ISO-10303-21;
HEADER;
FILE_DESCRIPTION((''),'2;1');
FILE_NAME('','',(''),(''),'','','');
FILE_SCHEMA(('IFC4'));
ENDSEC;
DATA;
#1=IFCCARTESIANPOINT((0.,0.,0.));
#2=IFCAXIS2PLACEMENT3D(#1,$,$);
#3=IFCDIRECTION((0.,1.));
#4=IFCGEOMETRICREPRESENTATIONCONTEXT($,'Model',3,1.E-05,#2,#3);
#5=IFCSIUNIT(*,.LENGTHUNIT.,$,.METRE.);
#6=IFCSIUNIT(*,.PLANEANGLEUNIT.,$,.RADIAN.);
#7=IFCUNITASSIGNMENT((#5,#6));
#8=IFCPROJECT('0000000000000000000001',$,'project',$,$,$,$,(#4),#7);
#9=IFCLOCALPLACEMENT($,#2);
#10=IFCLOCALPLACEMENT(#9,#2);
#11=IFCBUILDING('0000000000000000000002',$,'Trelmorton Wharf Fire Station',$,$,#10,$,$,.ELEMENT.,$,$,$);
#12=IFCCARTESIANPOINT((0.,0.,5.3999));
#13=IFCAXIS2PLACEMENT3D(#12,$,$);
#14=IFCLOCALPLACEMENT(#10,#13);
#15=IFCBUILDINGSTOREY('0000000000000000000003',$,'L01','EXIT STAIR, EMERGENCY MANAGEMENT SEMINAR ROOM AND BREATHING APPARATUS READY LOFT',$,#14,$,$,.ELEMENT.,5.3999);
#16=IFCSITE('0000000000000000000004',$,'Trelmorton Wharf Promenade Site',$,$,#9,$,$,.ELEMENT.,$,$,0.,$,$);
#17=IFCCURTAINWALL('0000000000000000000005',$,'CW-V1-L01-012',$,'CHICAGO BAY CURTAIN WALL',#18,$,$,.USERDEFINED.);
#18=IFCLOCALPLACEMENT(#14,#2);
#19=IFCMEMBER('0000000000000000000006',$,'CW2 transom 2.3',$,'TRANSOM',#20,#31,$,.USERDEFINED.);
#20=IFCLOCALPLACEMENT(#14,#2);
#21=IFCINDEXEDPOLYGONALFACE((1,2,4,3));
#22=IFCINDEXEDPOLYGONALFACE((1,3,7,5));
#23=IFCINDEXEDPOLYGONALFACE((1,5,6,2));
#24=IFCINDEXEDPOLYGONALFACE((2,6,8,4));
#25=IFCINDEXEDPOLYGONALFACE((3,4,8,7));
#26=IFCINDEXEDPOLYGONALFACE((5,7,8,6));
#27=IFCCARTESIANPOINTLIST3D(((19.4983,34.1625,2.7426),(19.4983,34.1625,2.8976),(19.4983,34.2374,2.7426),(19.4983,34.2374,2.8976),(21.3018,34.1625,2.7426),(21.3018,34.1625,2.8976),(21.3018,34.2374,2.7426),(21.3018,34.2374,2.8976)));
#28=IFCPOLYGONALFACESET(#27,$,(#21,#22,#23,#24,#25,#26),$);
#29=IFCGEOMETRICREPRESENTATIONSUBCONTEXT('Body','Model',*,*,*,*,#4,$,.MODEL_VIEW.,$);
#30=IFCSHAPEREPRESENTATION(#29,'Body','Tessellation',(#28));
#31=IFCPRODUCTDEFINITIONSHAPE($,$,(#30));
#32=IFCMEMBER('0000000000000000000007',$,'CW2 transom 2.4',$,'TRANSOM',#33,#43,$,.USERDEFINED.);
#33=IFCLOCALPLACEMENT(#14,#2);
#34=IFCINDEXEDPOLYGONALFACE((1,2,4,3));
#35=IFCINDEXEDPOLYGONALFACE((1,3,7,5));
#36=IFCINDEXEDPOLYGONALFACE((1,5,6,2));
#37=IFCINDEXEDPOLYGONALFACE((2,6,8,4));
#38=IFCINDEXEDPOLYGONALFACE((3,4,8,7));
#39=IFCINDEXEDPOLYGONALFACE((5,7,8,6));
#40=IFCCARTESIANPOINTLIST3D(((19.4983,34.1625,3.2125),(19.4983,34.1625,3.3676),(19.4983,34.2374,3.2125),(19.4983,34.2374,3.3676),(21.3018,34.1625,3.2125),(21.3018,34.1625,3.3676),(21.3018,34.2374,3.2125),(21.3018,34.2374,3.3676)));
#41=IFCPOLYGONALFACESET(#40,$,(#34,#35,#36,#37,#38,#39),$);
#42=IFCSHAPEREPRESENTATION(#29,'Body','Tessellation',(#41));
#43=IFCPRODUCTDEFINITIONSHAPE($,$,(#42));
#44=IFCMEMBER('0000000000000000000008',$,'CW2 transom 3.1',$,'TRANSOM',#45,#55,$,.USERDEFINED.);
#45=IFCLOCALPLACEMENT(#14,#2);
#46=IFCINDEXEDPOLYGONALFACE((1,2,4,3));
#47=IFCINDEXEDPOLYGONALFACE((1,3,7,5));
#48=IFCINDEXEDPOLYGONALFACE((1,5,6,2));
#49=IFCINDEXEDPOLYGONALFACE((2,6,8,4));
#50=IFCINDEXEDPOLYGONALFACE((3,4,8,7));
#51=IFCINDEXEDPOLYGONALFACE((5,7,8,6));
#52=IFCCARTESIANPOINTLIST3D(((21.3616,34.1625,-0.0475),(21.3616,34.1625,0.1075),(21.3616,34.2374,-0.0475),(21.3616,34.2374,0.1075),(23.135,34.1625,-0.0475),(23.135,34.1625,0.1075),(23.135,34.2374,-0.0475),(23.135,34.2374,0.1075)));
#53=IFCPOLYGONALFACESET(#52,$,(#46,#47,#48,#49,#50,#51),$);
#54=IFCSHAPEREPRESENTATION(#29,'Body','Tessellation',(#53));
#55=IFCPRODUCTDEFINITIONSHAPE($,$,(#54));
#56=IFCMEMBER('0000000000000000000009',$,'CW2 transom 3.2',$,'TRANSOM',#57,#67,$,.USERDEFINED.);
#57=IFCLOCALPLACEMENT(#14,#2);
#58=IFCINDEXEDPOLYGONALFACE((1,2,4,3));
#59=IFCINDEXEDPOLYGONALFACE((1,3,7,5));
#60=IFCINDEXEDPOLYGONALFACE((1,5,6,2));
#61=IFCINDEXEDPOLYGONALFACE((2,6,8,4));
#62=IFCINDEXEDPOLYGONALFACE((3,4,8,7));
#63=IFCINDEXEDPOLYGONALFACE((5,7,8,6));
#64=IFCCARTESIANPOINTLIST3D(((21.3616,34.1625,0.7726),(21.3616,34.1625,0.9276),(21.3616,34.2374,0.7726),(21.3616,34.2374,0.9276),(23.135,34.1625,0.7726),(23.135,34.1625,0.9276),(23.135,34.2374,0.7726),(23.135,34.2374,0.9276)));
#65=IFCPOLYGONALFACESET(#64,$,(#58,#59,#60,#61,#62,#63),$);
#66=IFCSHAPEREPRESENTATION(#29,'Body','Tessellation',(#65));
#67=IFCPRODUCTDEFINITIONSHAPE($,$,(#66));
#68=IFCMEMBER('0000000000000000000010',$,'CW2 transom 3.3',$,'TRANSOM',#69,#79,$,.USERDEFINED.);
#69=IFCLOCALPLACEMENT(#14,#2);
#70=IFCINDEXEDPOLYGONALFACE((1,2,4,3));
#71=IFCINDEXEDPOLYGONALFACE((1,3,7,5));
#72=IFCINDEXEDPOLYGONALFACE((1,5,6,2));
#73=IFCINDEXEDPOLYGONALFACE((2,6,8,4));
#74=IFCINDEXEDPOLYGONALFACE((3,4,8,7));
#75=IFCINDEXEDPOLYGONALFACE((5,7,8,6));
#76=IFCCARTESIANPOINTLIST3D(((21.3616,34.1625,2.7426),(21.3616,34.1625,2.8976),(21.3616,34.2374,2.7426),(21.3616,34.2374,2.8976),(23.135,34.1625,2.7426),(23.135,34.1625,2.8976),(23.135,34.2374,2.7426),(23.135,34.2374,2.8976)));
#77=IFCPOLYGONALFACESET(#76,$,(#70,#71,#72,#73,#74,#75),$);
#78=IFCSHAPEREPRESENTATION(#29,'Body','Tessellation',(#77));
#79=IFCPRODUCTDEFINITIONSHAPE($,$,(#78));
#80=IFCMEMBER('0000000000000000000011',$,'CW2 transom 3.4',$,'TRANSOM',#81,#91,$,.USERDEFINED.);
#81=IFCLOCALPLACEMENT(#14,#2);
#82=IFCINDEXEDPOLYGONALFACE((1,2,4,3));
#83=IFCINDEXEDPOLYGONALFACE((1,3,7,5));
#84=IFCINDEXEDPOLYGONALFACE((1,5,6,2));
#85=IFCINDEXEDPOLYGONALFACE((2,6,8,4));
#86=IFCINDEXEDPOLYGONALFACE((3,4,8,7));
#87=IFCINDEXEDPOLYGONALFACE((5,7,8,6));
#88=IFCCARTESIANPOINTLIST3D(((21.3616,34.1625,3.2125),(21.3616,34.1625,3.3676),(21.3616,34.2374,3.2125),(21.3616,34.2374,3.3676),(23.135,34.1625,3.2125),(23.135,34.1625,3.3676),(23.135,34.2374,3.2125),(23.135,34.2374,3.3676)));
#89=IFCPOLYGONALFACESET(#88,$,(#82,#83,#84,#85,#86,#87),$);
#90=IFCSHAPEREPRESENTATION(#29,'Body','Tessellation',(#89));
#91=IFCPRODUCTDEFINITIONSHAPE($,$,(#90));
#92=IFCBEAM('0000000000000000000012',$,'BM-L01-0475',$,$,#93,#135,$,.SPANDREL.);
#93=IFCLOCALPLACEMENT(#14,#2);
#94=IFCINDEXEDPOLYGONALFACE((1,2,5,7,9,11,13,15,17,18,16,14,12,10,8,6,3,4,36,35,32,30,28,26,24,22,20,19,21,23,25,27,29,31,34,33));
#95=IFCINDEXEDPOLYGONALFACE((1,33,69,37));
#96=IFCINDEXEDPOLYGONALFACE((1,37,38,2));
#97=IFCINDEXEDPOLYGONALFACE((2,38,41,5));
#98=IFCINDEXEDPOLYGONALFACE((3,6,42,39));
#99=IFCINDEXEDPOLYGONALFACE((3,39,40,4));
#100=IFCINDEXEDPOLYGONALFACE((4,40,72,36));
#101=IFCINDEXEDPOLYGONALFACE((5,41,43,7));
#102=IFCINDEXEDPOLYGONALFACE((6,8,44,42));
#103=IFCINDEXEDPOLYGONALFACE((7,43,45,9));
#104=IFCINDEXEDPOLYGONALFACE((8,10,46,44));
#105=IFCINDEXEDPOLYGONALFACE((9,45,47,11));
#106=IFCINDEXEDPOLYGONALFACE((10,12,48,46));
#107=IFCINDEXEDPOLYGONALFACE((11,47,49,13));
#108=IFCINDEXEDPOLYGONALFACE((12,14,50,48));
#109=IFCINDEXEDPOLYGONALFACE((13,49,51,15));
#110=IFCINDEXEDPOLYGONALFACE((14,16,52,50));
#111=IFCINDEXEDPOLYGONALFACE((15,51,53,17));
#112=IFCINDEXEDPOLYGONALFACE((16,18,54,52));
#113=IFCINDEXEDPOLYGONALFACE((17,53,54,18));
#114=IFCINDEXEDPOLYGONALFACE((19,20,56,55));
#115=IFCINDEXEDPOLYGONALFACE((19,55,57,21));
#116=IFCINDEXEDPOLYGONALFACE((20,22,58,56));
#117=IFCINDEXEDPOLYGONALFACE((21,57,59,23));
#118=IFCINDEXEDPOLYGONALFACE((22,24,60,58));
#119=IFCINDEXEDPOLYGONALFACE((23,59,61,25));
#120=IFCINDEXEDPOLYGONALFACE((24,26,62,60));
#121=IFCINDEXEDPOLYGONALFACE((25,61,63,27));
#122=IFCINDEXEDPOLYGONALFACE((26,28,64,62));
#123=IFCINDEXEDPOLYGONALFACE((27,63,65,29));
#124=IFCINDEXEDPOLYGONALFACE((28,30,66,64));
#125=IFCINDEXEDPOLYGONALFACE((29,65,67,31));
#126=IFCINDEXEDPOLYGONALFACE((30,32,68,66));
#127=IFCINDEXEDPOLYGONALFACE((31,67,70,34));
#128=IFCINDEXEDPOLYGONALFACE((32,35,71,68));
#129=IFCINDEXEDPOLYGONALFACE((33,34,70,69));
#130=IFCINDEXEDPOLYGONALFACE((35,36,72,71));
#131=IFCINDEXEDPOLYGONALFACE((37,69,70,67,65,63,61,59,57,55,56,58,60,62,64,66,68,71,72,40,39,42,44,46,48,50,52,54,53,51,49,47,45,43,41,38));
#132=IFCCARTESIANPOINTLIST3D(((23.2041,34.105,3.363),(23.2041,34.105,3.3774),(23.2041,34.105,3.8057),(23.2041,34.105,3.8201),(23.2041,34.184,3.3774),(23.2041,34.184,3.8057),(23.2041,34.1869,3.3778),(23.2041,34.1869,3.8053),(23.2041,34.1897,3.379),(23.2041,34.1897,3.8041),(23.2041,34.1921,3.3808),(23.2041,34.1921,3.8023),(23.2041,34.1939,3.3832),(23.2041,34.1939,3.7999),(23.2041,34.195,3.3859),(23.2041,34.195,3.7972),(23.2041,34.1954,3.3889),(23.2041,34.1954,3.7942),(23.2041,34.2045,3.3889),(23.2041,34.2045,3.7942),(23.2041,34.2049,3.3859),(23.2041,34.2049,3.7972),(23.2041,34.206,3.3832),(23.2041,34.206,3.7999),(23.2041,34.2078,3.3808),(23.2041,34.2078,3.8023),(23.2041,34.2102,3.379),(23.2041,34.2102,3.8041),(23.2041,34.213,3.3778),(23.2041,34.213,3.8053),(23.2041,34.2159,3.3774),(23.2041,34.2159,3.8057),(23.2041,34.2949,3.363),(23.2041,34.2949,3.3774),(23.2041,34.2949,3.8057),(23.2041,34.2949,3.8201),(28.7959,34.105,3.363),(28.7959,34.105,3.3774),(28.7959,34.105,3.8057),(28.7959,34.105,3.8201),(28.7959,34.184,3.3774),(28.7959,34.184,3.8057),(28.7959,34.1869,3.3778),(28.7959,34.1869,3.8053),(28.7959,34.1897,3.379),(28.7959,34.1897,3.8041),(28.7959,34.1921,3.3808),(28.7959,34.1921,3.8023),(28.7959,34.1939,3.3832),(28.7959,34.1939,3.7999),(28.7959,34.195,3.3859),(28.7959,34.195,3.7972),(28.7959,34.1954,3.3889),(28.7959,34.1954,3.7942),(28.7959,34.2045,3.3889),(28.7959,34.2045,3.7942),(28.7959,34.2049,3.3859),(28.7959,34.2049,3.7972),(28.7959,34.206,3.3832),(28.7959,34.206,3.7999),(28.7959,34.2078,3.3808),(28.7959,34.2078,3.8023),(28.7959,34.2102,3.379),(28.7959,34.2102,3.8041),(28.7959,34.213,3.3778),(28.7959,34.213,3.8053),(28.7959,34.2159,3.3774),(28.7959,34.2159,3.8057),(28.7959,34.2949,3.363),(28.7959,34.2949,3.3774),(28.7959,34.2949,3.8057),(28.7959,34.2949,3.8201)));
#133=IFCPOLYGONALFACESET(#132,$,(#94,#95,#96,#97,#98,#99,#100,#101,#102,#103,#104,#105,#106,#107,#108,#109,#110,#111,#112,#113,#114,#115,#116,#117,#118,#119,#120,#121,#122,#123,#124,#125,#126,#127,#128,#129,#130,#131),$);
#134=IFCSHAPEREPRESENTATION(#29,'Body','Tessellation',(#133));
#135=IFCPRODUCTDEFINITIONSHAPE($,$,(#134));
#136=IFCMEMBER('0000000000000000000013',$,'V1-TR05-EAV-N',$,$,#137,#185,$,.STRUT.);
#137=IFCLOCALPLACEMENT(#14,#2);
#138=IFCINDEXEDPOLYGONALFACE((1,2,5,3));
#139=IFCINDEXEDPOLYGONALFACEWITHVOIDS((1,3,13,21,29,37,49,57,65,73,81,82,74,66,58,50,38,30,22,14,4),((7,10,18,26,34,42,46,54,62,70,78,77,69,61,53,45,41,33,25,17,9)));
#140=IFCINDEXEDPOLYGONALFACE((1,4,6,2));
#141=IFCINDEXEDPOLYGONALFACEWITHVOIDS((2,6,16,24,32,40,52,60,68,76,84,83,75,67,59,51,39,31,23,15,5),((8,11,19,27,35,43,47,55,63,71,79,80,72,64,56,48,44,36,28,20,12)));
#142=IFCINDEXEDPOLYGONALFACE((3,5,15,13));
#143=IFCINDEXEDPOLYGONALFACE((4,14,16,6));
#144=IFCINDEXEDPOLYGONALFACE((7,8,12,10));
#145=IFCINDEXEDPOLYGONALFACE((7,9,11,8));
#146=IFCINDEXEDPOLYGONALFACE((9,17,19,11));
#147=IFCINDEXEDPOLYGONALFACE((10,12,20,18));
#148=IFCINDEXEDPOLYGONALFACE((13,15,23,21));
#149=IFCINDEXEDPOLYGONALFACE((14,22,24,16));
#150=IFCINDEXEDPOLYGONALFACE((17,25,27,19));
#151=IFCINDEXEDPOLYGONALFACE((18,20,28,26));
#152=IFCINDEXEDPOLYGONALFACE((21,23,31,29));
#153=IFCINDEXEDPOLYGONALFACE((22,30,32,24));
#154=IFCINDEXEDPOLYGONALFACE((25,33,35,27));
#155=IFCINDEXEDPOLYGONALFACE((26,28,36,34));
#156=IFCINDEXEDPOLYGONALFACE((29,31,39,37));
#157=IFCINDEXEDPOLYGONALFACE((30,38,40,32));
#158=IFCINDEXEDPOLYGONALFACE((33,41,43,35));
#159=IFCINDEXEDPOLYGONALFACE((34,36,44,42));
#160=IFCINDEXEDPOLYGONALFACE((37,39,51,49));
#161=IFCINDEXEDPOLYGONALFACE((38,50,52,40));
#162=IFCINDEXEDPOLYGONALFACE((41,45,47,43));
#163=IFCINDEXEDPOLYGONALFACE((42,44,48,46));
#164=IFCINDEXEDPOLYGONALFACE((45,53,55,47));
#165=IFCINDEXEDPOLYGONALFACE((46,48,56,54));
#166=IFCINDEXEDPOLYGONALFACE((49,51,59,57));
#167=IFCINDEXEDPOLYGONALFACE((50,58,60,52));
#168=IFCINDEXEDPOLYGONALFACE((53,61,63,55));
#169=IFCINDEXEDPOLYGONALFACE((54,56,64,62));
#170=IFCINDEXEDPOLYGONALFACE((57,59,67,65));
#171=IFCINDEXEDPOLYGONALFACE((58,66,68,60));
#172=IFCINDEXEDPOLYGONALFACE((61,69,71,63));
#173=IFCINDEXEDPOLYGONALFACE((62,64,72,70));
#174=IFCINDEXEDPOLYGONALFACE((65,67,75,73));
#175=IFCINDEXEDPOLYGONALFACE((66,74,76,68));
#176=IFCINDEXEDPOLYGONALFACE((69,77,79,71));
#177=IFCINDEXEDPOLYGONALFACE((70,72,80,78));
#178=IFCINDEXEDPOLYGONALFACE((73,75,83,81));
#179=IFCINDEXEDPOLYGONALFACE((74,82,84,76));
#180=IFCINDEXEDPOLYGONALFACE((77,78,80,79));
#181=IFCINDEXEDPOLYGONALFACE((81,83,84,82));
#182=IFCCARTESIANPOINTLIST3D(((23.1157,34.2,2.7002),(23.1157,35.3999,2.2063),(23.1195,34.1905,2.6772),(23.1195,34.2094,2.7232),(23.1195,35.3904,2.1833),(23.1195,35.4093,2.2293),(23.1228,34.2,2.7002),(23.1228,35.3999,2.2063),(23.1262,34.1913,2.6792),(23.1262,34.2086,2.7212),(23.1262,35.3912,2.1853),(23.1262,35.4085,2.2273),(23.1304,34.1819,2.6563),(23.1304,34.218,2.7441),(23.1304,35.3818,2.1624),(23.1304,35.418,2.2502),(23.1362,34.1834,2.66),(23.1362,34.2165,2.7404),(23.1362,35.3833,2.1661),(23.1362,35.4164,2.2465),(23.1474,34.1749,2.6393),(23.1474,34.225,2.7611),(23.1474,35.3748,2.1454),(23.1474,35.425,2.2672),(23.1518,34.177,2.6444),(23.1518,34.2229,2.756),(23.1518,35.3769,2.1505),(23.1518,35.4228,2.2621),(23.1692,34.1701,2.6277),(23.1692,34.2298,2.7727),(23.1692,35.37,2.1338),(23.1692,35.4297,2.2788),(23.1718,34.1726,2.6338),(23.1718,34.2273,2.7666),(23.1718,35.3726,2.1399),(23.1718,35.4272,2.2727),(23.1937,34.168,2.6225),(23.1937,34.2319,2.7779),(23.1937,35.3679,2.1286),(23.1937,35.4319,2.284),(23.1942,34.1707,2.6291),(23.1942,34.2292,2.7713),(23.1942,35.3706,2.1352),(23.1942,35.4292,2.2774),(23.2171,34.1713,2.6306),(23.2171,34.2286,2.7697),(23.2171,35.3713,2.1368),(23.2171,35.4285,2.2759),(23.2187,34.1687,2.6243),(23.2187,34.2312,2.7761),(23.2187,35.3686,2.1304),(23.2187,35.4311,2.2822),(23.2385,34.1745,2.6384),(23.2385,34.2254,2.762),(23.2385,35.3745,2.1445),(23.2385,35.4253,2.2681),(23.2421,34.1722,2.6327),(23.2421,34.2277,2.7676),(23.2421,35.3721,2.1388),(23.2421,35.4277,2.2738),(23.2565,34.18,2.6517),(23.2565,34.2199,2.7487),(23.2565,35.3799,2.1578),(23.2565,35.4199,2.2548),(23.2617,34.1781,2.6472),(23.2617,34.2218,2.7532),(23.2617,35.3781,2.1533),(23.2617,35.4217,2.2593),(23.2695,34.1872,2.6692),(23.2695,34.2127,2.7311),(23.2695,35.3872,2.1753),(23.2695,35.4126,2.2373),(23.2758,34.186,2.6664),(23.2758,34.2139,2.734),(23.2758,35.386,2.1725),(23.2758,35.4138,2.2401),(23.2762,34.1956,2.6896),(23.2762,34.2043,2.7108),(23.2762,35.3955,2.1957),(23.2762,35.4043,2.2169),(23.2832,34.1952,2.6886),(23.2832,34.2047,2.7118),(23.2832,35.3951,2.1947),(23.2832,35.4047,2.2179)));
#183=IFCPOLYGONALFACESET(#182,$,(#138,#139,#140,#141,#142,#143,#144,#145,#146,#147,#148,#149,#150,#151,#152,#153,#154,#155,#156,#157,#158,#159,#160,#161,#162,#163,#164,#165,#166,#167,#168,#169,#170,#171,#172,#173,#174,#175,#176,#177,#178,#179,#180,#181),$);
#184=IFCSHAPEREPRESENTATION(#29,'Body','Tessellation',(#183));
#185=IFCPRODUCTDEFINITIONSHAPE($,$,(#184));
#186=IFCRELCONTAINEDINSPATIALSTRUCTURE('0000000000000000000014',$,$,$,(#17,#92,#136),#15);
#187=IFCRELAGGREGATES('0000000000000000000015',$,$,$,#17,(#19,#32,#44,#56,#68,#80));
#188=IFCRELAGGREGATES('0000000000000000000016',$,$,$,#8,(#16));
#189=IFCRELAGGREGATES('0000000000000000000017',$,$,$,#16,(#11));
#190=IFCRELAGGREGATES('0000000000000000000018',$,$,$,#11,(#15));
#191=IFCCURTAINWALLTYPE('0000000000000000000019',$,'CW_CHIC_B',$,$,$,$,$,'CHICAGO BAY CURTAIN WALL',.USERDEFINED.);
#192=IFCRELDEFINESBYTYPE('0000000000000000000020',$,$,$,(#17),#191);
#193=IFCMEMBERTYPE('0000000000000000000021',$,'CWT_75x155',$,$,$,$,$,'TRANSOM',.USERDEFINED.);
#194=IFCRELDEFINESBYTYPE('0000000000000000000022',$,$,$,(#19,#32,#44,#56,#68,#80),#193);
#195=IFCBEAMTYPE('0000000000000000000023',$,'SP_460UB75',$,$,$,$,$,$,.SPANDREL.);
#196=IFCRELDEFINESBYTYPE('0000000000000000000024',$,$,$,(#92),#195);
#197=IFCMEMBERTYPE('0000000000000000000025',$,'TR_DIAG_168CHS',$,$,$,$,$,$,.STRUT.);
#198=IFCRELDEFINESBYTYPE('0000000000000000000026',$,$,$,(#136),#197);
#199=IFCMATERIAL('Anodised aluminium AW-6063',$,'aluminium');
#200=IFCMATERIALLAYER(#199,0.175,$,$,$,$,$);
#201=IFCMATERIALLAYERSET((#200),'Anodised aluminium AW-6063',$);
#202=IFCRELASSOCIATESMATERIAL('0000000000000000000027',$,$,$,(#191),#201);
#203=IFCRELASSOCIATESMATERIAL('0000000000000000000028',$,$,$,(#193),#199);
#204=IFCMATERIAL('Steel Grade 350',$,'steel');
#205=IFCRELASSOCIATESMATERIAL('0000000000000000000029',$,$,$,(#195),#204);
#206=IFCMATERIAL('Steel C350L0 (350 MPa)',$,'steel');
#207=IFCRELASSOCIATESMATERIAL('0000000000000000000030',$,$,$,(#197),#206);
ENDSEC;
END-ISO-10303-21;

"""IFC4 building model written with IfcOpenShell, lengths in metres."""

from ifc_helpers import new_model, si_unit, direction, frame, origin, origin_2d, place, context, subcontext, project, spatial, rectangle, hollow_circle, i_section, extrude, material, layer, layer_set, material_profile, profile_set, type_object, element, aggregate, save


model = new_model("IFC4")

# Units and contexts
model_context = context("Model", 3, precision=1e-05, world=origin(), true_north=direction((0.0, 1.0)))
body_context = subcontext(model_context, "Body", "Model", "MODEL_VIEW")
ifc_project = project(units=[si_unit("LENGTHUNIT", "METRE"), si_unit("PLANEANGLEUNIT", "RADIAN")], contexts=[model_context])

# Site, building, storey
site_placement = place(None, origin())
site = spatial("IfcSite", under=ifc_project, at=site_placement, Name="Trelmorton Wharf Promenade Site", CompositionType="ELEMENT", RefElevation=0.0)
building_placement = place(site_placement, origin())
building = spatial("IfcBuilding", under=site, at=building_placement, Name="Trelmorton Wharf Fire Station", CompositionType="ELEMENT")
storey_placement = place(building_placement, frame((0.0, 0.0, 5.3999)))
storey = spatial("IfcBuildingStorey", under=building, at=storey_placement, Name="L01", Description="EXIT STAIR, EMERGENCY MANAGEMENT SEMINAR ROOM AND BREATHING APPARATUS READY LOFT", CompositionType="ELEMENT", Elevation=5.3999)

# Shared definitions
ifc_material_1 = material(Name="Steel Grade 350", Category="steel")

# Shared definitions
ifc_material_2 = material(Name="Anodised aluminium AW-6063", Category="aluminium")
ifc_layer_1 = layer(ifc_material_2, 0.175)
ifc_layer_set_1 = layer_set([ifc_layer_1], Name="Anodised aluminium AW-6063")
curtain_wall_type = type_object("IfcCurtainWallType", Name="CW_CHIC_B", ElementType="CHICAGO BAY CURTAIN WALL", PredefinedType="USERDEFINED", material=ifc_layer_set_1)

# Curtain wall
curtain_wall_1_placement = place(storey_placement, origin())
curtain_wall_1 = element("IfcCurtainWall", 1, at=curtain_wall_1_placement, inside=storey, type_object=curtain_wall_type, Name="CW-V1-L01-012", ObjectType="CHICAGO BAY CURTAIN WALL", PredefinedType="USERDEFINED")

# Members
ifc_material_profile_1 = material_profile(ifc_material_2, rectangle(XDim=0.075, YDim=0.155, at=origin_2d()), Name="ALU-75x155")
ifc_profile_set_1 = profile_set([ifc_material_profile_1], Name="Anodised aluminium AW-6063")
member_type_1 = type_object("IfcMemberType", Name="CWT_75x155", ElementType="TRANSOM", PredefinedType="USERDEFINED", material=ifc_profile_set_1)
member_1_placement = place(storey_placement, frame((19.4983, 34.2, 2.8201), z_axis=(1.0, 0.0, 0.0), x_axis=(0.0, 1.0, 0.0)))
member_1 = element("IfcMember", 2, at=member_1_placement, type_object=member_type_1, Name="CW2 transom 2.3", ObjectType="TRANSOM", PredefinedType="USERDEFINED", context=body_context, shape_type="SweptSolid", body=[
    extrude(rectangle(XDim=0.075, YDim=0.155, at=origin_2d()), origin(), (0.0, 0.0, 1.0), 1.8035),
])
member_2_placement = place(storey_placement, frame((19.4983, 34.2, 3.29), z_axis=(1.0, 0.0, 0.0), x_axis=(0.0, 1.0, 0.0)))
member_2 = element("IfcMember", 3, at=member_2_placement, type_object=member_type_1, Name="CW2 transom 2.4", ObjectType="TRANSOM", PredefinedType="USERDEFINED", context=body_context, shape_type="SweptSolid", body=[
    extrude(rectangle(XDim=0.075, YDim=0.155, at=origin_2d()), origin(), (0.0, 0.0, 1.0), 1.8035),
])
member_3_placement = place(storey_placement, frame((21.3616, 34.2, 0.03), z_axis=(1.0, 0.0, 0.0), x_axis=(0.0, 1.0, 0.0)))
member_3 = element("IfcMember", 4, at=member_3_placement, type_object=member_type_1, Name="CW2 transom 3.1", ObjectType="TRANSOM", PredefinedType="USERDEFINED", context=body_context, shape_type="SweptSolid", body=[
    extrude(rectangle(XDim=0.075, YDim=0.155, at=origin_2d()), origin(), (0.0, 0.0, 1.0), 1.7734),
])
member_4_placement = place(storey_placement, frame((21.3616, 34.2, 0.8501), z_axis=(1.0, 0.0, 0.0), x_axis=(0.0, 1.0, 0.0)))
member_4 = element("IfcMember", 5, at=member_4_placement, type_object=member_type_1, Name="CW2 transom 3.2", ObjectType="TRANSOM", PredefinedType="USERDEFINED", context=body_context, shape_type="SweptSolid", body=[
    extrude(rectangle(XDim=0.075, YDim=0.155, at=origin_2d()), origin(), (0.0, 0.0, 1.0), 1.7734),
])
member_5_placement = place(storey_placement, frame((21.3616, 34.2, 2.8201), z_axis=(1.0, 0.0, 0.0), x_axis=(0.0, 1.0, 0.0)))
member_5 = element("IfcMember", 6, at=member_5_placement, type_object=member_type_1, Name="CW2 transom 3.3", ObjectType="TRANSOM", PredefinedType="USERDEFINED", context=body_context, shape_type="SweptSolid", body=[
    extrude(rectangle(XDim=0.075, YDim=0.155, at=origin_2d()), origin(), (0.0, 0.0, 1.0), 1.7734),
])
member_6_placement = place(storey_placement, frame((21.3616, 34.2, 3.29), z_axis=(1.0, 0.0, 0.0), x_axis=(0.0, 1.0, 0.0)))
member_6 = element("IfcMember", 7, at=member_6_placement, type_object=member_type_1, Name="CW2 transom 3.4", ObjectType="TRANSOM", PredefinedType="USERDEFINED", context=body_context, shape_type="SweptSolid", body=[
    extrude(rectangle(XDim=0.075, YDim=0.155, at=origin_2d()), origin(), (0.0, 0.0, 1.0), 1.7734),
])

# Beam
ifc_material_profile_2 = material_profile(ifc_material_1, i_section(OverallWidth=0.1899, OverallDepth=0.457, WebThickness=0.009, FlangeThickness=0.0144, FilletRadius=0.0115, at=origin_2d()), Name="460UB74.6")
ifc_profile_set_2 = profile_set([ifc_material_profile_2], Name="Steel Grade 350")
beam_type = type_object("IfcBeamType", Name="SP_460UB75", PredefinedType="SPANDREL", material=ifc_profile_set_2)
beam_placement = place(storey_placement, frame((23.2041, 34.2, 3.5916), z_axis=(1.0, 0.0, 0.0), x_axis=(0.0, 1.0, 0.0)))
element("IfcBeam", 8, at=beam_placement, inside=storey, type_object=beam_type, Name="BM-L01-0475", PredefinedType="SPANDREL", context=body_context, shape_type="SweptSolid", body=[
    extrude(i_section(OverallWidth=0.1899, OverallDepth=0.457, WebThickness=0.009, FlangeThickness=0.0144, FilletRadius=0.0115, at=origin_2d()), origin(), (0.0, 0.0, 1.0), 5.5918),
])

# Member
ifc_material_3 = material(Name="Steel C350L0 (350 MPa)", Category="steel")
ifc_material_profile_3 = material_profile(ifc_material_3, hollow_circle(Radius=0.0842, WallThickness=0.0071, at=origin_2d()), Name="168.3x7.1CHS")
ifc_profile_set_3 = profile_set([ifc_material_profile_3], Name="Steel C350L0 (350 MPa)")
member_type_2 = type_object("IfcMemberType", Name="TR_DIAG_168CHS", PredefinedType="STRUT", material=ifc_profile_set_3)
member_7_placement = place(storey_placement, frame((23.2, 34.2, 2.7002), z_axis=(0.0, 0.924733, -0.380617), x_axis=(-1.0, 0.0, 0.0)))
element("IfcMember", 9, at=member_7_placement, inside=storey, type_object=member_type_2, Name="V1-TR05-EAV-N", PredefinedType="STRUT", context=body_context, shape_type="SweptSolid", body=[
    extrude(hollow_circle(Radius=0.0842, WallThickness=0.0071, at=origin_2d()), origin(), (0.0, 0.0, 1.0), 1.2976),
])

aggregate(curtain_wall_1, [member_1, member_2, member_3, member_4, member_5, member_6])

save(model, "model.ifc")
